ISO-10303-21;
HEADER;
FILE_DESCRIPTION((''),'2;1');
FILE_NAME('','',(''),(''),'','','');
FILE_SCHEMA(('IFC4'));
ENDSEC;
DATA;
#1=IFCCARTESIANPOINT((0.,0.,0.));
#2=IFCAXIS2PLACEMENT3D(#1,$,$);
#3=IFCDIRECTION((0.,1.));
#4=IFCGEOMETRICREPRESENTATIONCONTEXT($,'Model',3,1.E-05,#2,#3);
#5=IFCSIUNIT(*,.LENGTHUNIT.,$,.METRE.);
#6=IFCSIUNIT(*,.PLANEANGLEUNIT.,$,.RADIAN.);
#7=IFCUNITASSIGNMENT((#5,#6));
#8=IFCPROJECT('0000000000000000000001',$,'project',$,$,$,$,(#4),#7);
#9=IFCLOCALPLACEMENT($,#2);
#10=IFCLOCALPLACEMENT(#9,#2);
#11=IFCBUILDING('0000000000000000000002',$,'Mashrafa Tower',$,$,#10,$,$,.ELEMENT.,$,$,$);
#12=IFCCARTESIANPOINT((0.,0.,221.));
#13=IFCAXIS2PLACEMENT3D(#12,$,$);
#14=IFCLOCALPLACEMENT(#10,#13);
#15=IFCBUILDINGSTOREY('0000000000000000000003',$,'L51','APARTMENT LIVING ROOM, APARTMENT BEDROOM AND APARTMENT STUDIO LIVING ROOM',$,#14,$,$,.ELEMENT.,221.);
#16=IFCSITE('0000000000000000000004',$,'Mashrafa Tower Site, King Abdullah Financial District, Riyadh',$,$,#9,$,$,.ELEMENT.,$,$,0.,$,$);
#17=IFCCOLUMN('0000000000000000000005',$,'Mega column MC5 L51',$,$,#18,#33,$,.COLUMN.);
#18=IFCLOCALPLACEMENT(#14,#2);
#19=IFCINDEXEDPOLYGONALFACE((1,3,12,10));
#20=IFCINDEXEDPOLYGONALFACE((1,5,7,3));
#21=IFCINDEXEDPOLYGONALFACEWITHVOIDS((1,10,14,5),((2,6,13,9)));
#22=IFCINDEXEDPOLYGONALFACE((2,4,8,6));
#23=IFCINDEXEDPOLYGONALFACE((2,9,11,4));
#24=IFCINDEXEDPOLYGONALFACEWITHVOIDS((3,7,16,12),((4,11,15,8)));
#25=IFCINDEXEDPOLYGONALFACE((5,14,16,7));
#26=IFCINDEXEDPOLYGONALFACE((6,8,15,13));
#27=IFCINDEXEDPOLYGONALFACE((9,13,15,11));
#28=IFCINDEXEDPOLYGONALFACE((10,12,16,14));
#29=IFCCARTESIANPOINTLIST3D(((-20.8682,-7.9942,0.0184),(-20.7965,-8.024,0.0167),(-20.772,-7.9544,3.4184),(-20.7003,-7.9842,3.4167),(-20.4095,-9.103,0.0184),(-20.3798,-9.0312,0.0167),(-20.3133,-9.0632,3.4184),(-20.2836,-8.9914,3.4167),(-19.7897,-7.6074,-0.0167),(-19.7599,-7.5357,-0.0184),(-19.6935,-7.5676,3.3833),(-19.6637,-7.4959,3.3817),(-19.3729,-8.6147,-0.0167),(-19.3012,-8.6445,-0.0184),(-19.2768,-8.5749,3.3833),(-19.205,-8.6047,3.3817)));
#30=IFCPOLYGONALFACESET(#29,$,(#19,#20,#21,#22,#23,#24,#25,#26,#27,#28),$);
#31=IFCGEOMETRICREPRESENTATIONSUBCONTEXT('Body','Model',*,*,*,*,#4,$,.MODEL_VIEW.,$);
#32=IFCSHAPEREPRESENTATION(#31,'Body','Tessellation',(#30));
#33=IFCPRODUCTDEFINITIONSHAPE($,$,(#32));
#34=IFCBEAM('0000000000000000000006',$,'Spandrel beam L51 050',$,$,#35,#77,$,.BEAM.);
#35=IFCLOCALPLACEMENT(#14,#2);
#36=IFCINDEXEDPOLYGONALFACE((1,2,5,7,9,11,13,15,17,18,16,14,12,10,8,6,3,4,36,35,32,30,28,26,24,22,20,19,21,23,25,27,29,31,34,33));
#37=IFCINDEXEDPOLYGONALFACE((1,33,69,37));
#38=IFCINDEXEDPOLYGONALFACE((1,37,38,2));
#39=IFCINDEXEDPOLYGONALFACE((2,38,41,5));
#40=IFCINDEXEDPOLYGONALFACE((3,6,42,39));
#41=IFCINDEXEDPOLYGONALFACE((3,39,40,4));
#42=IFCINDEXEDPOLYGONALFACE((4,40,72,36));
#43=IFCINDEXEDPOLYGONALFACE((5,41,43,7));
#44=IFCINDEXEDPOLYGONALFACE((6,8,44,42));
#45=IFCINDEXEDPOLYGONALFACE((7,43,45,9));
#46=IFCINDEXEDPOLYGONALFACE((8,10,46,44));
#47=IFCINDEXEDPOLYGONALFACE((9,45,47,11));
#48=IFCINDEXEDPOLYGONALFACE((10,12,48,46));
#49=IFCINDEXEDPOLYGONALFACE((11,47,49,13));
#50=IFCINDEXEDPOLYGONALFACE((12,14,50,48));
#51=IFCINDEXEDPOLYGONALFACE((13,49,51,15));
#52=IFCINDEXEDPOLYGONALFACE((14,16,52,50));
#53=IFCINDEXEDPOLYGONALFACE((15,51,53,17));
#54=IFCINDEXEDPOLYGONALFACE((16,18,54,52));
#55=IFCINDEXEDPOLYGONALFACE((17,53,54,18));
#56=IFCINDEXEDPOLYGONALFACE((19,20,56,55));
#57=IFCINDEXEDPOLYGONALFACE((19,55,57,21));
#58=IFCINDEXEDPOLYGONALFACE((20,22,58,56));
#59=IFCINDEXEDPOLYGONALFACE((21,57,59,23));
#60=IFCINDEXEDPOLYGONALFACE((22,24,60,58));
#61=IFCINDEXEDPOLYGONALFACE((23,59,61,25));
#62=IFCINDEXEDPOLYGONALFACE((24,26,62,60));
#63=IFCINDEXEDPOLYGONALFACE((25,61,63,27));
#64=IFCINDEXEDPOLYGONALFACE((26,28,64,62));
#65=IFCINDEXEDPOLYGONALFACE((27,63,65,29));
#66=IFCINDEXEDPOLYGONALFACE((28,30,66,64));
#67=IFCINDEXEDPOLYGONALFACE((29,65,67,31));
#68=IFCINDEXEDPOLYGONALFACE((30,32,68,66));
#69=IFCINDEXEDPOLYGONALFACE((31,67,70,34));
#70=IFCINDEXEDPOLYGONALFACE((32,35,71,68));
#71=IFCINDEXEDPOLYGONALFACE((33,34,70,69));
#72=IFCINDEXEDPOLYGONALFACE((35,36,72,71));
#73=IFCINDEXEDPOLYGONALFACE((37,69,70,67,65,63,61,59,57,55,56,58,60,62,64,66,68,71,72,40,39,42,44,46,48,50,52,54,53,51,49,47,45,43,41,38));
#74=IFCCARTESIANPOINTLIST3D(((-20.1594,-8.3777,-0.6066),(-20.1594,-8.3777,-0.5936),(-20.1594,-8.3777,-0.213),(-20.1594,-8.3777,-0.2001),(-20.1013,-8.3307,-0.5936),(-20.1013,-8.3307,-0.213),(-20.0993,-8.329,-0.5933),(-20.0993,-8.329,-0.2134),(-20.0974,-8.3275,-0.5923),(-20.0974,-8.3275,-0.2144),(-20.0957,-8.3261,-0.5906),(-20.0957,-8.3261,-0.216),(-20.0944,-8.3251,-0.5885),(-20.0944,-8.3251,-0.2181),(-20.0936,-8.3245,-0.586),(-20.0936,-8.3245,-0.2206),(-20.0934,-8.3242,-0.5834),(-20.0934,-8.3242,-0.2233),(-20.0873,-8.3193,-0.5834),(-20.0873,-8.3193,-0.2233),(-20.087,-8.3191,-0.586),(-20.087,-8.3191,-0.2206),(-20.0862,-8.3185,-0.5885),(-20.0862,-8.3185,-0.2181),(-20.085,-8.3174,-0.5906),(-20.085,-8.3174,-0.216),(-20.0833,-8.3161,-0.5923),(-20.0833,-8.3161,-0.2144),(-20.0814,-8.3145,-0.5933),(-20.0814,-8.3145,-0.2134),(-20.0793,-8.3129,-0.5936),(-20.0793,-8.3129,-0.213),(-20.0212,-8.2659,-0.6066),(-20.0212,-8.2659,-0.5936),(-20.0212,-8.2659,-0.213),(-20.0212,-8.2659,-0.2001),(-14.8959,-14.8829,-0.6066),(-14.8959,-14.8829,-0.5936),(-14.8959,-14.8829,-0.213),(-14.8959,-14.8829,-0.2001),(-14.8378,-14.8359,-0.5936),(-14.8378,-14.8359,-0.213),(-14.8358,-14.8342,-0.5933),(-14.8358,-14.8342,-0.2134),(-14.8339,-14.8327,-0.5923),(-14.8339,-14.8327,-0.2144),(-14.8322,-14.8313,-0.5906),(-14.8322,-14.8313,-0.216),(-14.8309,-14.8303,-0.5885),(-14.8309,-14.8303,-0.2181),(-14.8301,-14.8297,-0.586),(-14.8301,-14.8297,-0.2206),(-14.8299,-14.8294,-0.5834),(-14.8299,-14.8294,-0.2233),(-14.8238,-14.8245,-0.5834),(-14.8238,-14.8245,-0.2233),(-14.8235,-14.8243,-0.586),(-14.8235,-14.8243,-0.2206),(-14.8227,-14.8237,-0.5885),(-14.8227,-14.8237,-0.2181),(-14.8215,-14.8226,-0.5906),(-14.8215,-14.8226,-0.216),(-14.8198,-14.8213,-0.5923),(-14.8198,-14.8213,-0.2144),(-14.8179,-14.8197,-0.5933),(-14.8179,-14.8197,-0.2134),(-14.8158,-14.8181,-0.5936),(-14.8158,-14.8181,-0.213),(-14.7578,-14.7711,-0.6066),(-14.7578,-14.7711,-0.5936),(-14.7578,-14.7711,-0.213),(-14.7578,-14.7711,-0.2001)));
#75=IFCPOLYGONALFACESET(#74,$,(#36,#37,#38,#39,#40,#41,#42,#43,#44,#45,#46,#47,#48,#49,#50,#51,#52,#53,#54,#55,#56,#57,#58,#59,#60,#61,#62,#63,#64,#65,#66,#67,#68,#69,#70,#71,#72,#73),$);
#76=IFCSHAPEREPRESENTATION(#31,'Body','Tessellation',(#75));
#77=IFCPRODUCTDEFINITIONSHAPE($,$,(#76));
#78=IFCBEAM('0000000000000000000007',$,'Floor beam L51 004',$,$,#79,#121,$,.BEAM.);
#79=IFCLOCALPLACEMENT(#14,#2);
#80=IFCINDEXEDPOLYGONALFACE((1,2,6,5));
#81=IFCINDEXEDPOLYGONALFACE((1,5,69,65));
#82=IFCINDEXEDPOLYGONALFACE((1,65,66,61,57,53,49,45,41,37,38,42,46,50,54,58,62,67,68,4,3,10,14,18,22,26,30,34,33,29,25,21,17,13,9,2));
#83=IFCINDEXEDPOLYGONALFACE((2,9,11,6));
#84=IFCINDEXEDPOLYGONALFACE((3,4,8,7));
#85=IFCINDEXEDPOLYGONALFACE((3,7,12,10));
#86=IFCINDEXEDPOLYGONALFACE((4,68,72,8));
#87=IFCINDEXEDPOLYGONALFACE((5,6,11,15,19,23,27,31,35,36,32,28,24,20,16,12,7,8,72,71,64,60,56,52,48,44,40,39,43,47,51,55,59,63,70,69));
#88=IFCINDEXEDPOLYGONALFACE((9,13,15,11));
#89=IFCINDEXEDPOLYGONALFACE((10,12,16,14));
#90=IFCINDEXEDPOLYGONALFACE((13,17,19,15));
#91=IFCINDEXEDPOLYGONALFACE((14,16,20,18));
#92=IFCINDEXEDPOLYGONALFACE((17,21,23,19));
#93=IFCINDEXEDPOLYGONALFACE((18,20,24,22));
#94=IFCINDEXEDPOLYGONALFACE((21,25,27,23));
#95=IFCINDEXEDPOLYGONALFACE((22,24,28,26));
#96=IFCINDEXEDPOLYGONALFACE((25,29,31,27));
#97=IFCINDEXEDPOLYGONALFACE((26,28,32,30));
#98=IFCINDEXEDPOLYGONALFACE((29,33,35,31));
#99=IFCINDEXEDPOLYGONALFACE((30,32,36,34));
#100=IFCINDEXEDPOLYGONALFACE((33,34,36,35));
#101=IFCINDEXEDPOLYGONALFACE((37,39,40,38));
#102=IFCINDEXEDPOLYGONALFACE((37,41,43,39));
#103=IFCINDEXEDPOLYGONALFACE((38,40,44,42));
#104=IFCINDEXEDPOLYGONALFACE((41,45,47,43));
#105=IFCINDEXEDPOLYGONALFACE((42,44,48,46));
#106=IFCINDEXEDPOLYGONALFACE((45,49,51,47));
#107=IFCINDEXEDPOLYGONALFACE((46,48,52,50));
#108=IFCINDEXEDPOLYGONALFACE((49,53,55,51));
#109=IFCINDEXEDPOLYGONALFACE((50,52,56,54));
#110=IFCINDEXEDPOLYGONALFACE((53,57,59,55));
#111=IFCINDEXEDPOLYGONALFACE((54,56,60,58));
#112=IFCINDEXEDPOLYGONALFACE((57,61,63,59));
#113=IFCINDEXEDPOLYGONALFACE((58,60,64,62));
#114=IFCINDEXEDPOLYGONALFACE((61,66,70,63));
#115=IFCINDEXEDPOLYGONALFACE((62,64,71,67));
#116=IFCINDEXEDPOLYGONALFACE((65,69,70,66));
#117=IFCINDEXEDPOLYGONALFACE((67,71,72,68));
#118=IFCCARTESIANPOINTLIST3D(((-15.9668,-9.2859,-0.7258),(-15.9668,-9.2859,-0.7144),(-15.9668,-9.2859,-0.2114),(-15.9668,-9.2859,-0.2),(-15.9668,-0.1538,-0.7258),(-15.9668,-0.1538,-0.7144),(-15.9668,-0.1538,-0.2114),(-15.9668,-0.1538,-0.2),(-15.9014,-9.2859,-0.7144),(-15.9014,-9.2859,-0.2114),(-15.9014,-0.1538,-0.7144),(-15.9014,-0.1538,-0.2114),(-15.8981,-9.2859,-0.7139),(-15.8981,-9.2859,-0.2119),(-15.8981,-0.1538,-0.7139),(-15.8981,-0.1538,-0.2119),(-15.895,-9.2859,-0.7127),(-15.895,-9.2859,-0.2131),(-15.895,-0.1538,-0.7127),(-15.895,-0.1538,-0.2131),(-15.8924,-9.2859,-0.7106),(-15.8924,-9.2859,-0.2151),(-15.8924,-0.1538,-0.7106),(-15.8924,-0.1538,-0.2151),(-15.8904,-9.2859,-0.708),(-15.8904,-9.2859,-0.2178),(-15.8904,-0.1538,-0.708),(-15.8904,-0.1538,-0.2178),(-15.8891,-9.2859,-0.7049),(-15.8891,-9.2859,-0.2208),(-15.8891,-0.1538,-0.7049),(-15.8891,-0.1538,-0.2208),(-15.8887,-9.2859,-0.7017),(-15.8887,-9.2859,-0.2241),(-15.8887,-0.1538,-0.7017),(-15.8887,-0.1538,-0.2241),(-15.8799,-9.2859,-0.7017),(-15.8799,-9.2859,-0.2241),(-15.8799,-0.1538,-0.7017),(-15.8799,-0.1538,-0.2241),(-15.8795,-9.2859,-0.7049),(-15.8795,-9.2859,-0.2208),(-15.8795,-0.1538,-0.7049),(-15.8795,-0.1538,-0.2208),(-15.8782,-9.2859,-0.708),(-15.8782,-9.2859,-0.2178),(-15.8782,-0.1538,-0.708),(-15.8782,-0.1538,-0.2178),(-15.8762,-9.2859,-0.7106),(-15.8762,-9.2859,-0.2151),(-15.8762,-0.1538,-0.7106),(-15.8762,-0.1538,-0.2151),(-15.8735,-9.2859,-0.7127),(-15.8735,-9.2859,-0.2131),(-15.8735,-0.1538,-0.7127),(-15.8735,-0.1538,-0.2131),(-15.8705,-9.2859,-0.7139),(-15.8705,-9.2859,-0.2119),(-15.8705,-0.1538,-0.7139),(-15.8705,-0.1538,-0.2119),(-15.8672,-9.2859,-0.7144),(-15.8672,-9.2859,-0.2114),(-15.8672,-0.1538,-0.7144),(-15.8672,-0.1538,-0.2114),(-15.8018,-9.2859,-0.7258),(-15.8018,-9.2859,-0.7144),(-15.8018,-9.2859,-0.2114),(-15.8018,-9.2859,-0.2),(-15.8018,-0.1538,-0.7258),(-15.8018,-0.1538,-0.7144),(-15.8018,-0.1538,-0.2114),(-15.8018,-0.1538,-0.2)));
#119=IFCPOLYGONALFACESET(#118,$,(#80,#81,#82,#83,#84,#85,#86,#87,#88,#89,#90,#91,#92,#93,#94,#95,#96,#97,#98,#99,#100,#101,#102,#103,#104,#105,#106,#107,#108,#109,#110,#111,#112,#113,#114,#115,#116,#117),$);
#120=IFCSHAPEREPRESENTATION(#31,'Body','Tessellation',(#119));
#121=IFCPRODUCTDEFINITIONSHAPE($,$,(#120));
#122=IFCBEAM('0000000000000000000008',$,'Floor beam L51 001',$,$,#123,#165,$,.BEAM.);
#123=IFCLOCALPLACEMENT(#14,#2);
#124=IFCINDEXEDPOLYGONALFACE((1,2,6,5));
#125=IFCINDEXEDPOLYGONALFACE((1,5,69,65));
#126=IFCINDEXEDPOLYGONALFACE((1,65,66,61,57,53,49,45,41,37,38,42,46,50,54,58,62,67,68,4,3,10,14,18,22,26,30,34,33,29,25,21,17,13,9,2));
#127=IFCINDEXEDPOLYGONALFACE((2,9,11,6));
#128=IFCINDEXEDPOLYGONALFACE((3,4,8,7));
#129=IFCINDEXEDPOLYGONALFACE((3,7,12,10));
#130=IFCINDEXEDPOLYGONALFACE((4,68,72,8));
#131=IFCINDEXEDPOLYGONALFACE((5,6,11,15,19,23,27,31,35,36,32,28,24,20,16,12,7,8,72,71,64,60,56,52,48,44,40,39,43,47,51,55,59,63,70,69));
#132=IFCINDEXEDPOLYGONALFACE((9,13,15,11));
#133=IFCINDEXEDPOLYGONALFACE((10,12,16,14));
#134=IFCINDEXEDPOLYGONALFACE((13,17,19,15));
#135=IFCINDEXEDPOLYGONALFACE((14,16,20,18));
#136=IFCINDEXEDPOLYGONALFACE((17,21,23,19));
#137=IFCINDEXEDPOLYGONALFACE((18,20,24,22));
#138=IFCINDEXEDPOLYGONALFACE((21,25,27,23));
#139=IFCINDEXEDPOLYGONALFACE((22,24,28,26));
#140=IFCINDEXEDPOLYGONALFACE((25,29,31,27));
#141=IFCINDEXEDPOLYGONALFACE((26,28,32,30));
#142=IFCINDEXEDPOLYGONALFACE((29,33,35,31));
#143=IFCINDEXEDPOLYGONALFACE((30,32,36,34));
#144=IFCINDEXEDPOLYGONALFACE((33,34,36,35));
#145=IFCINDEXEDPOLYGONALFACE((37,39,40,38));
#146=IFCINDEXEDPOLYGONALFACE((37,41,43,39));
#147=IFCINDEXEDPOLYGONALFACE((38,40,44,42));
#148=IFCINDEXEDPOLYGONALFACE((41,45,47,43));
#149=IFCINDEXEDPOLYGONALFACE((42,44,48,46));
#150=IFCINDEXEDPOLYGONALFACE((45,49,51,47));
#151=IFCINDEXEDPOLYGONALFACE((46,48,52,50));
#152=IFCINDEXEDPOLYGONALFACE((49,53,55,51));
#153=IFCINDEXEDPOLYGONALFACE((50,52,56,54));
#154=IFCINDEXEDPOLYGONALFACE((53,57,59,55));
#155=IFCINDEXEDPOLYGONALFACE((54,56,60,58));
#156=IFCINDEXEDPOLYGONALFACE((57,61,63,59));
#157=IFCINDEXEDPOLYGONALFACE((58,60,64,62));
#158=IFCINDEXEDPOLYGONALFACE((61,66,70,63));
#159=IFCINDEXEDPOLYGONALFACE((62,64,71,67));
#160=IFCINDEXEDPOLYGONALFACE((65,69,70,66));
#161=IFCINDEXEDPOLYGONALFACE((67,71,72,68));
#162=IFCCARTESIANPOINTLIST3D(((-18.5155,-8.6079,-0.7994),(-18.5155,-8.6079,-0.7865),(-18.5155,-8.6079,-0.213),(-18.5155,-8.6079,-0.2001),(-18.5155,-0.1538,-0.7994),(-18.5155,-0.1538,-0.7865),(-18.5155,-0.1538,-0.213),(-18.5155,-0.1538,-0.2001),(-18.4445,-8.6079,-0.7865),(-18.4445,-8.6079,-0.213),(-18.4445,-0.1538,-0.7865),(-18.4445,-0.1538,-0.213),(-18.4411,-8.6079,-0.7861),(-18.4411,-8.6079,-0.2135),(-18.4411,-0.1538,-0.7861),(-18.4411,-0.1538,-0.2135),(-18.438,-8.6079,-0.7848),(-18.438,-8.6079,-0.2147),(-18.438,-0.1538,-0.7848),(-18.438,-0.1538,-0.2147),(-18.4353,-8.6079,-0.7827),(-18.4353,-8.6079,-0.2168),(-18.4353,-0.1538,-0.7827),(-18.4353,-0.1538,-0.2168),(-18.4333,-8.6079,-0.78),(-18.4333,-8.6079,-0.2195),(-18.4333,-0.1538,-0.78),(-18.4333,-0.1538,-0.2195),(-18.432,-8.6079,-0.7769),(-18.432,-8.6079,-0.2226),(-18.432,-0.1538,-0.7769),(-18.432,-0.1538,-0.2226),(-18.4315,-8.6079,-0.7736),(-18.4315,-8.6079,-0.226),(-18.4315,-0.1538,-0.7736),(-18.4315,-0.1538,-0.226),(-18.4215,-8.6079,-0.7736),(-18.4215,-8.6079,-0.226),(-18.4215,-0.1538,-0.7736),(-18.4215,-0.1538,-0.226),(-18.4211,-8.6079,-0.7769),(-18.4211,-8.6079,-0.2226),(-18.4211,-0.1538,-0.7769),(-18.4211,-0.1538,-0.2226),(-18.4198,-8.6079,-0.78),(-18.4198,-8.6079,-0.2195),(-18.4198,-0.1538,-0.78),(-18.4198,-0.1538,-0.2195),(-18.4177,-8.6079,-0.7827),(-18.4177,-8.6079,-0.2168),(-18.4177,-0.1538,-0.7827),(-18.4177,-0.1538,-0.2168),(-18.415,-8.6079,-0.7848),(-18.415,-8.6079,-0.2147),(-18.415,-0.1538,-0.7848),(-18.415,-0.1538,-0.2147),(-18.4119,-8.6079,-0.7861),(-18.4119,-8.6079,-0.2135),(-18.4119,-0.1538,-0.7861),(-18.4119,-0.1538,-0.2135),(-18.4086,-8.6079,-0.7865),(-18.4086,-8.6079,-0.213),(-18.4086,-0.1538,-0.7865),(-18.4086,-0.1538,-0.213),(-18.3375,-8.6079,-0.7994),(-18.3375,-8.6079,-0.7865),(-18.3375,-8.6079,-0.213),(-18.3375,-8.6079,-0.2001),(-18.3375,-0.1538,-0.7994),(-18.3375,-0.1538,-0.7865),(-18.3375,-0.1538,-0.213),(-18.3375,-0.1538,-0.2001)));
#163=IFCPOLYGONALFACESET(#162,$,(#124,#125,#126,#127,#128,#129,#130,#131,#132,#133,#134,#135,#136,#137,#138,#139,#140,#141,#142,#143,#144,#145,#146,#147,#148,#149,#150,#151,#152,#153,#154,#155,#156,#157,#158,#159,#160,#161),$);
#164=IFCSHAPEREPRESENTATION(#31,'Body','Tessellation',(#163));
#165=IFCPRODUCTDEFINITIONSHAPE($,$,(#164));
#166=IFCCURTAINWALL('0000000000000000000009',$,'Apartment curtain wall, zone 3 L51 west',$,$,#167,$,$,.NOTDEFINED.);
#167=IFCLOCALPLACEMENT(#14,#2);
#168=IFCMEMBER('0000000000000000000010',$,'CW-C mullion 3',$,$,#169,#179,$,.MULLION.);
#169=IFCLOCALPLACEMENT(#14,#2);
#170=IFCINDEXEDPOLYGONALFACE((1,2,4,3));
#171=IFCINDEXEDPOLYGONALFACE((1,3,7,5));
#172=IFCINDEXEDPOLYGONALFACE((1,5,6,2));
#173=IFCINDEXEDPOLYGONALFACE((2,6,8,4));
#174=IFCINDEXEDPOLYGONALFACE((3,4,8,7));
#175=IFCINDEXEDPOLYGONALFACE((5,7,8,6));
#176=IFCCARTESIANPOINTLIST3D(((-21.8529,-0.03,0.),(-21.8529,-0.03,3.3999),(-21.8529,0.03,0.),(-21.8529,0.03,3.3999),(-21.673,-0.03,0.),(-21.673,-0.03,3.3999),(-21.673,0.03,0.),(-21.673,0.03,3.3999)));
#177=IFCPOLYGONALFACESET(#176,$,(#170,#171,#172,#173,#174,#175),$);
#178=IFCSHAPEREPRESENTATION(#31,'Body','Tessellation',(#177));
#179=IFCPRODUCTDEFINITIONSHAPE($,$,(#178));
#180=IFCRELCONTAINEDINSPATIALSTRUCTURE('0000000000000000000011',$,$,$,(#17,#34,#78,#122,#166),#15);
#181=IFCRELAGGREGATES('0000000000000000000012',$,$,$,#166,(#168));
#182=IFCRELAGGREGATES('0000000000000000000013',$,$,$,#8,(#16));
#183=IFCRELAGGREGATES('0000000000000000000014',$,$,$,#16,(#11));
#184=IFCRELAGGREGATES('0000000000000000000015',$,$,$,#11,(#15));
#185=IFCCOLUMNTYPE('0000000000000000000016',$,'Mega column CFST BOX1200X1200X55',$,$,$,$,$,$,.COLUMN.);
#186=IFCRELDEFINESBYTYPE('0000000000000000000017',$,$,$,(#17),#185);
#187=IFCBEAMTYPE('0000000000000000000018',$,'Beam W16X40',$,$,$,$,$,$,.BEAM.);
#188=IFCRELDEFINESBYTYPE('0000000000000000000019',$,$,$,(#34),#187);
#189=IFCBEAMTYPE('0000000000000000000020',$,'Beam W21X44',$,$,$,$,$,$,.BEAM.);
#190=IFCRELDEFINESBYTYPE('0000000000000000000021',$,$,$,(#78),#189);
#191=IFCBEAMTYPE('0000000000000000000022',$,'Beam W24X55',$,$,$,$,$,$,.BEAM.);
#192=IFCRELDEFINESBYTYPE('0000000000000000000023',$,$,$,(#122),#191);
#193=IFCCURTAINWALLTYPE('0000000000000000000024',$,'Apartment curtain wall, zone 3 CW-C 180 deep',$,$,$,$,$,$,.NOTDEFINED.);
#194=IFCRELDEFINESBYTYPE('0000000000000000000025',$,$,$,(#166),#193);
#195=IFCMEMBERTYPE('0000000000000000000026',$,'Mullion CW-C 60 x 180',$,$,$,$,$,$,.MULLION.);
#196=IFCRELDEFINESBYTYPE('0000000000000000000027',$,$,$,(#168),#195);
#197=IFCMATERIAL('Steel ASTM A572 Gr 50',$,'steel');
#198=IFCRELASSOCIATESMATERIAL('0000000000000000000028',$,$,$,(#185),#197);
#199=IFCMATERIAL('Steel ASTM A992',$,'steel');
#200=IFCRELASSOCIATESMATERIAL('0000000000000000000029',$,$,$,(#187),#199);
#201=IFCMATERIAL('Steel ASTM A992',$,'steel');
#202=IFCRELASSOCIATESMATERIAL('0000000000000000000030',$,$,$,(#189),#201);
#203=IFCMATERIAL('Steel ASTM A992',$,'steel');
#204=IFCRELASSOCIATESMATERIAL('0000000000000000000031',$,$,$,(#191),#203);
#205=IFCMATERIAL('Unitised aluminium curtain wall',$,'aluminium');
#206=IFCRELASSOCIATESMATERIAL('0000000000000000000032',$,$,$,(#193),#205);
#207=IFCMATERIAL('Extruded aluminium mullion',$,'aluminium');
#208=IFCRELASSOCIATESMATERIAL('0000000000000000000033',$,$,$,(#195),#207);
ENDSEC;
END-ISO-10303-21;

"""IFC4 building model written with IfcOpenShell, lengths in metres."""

from ifc_helpers import new_model, si_unit, direction, frame, origin, origin_2d, place, context, subcontext, project, spatial, rectangle, hollow_rectangle, i_section, extrude, source, transform, mapped, material, material_profile, profile_set, type_object, type_shapes, element, aggregate, save


model = new_model("IFC4")

# Units and contexts
model_context = context("Model", 3, precision=1e-05, world=origin(), true_north=direction((0.0, 1.0)))
body_context = subcontext(model_context, "Body", "Model", "MODEL_VIEW")
ifc_project = project(units=[si_unit("LENGTHUNIT", "METRE"), si_unit("PLANEANGLEUNIT", "RADIAN")], contexts=[model_context])

# Site, building, storey
site_placement = place(None, origin())
site = spatial("IfcSite", under=ifc_project, at=site_placement, Name="Mashrafa Tower Site, King Abdullah Financial District, Riyadh", CompositionType="ELEMENT", RefElevation=0.0)
building_placement = place(site_placement, origin())
building = spatial("IfcBuilding", under=site, at=building_placement, Name="Mashrafa Tower", CompositionType="ELEMENT")
storey_placement = place(building_placement, frame((0.0, 0.0, 221.0)))
storey = spatial("IfcBuildingStorey", under=building, at=storey_placement, Name="L51", Description="APARTMENT LIVING ROOM, APARTMENT BEDROOM AND APARTMENT STUDIO LIVING ROOM", CompositionType="ELEMENT", Elevation=221.0)

# Column
ifc_material_1 = material(Name="Steel ASTM A572 Gr 50", Category="steel")
ifc_material_profile_1 = material_profile(ifc_material_1, hollow_rectangle(XDim=1.2, YDim=1.2, WallThickness=0.0549, at=origin_2d()), Name="BOX1200X1200X55")
ifc_profile_set_1 = profile_set([ifc_material_profile_1], Name="Steel ASTM A572 Gr 50")
column_type = type_object("IfcColumnType", Name="Mega column CFST BOX1200X1200X55", PredefinedType="COLUMN", material=ifc_profile_set_1)
column_placement = place(storey_placement, frame((-20.0847, -8.3193, 0.0), z_axis=(0.028279, 0.011699, 0.999532), x_axis=(-0.382283, 0.924045, 0.0)))
element("IfcColumn", 1, at=column_placement, inside=storey, type_object=column_type, Name="Mega column MC5 L51", PredefinedType="COLUMN", context=body_context, shape_type="SweptSolid", body=[
    extrude(hollow_rectangle(XDim=1.2, YDim=1.2, WallThickness=0.0549, at=origin_2d()), origin(), (0.0, 0.0, 1.0), 3.4016),
])

# Beams
ifc_material_2 = material(Name="Steel ASTM A992", Category="steel")
ifc_material_profile_2 = material_profile(ifc_material_2, i_section(OverallWidth=0.1777, OverallDepth=0.4065, WebThickness=0.0078, FlangeThickness=0.0129, FilletRadius=0.0103, at=origin_2d()), Name="W16X40")
ifc_profile_set_2 = profile_set([ifc_material_profile_2], Name="Steel ASTM A992")
beam_type_1 = type_object("IfcBeamType", Name="Beam W16X40", PredefinedType="BEAM", material=ifc_profile_set_2)
beam_1_placement = place(storey_placement, frame((-20.0903, -8.3218, -0.4033), z_axis=(0.629009, -0.777398, 0.0), x_axis=(0.777398, 0.629009, 0.0)))
element("IfcBeam", 2, at=beam_1_placement, inside=storey, type_object=beam_type_1, Name="Spandrel beam L51 050", PredefinedType="BEAM", context=body_context, shape_type="SweptSolid", body=[
    extrude(i_section(OverallWidth=0.1777, OverallDepth=0.4065, WebThickness=0.0078, FlangeThickness=0.0129, FilletRadius=0.0103, at=origin_2d()), origin(), (0.0, 0.0, 1.0), 8.3679),
])
ifc_material_3 = material(Name="Steel ASTM A992", Category="steel")
ifc_material_profile_3 = material_profile(ifc_material_3, i_section(OverallWidth=0.165, OverallDepth=0.5259, WebThickness=0.0088, FlangeThickness=0.0115, FilletRadius=0.0127, at=origin_2d()), Name="W21X44")
ifc_profile_set_3 = profile_set([ifc_material_profile_3], Name="Steel ASTM A992")
beam_type_2 = type_object("IfcBeamType", Name="Beam W21X44", PredefinedType="BEAM", material=ifc_profile_set_3)
beam_2_placement = place(storey_placement, frame((-15.8843, -9.2859, -0.4629), z_axis=(0.0, 1.0, 0.0), x_axis=(-1.0, 0.0, 0.0)))
element("IfcBeam", 3, at=beam_2_placement, inside=storey, type_object=beam_type_2, Name="Floor beam L51 004", PredefinedType="BEAM", context=body_context, shape_type="SweptSolid", body=[
    extrude(i_section(OverallWidth=0.165, OverallDepth=0.5259, WebThickness=0.0088, FlangeThickness=0.0115, FilletRadius=0.0127, at=origin_2d()), origin(), (0.0, 0.0, 1.0), 9.1321),
])
ifc_material_4 = material(Name="Steel ASTM A992", Category="steel")
ifc_material_profile_4 = material_profile(ifc_material_4, i_section(OverallWidth=0.178, OverallDepth=0.5994, WebThickness=0.01, FlangeThickness=0.0129, FilletRadius=0.0129, at=origin_2d()), Name="W24X55")
ifc_profile_set_4 = profile_set([ifc_material_profile_4], Name="Steel ASTM A992")
beam_type_3 = type_object("IfcBeamType", Name="Beam W24X55", PredefinedType="BEAM", material=ifc_profile_set_4)
beam_3_placement = place(storey_placement, frame((-18.4265, -8.6079, -0.4998), z_axis=(0.0, 1.0, 0.0), x_axis=(-1.0, 0.0, 0.0)))
element("IfcBeam", 4, at=beam_3_placement, inside=storey, type_object=beam_type_3, Name="Floor beam L51 001", PredefinedType="BEAM", context=body_context, shape_type="SweptSolid", body=[
    extrude(i_section(OverallWidth=0.178, OverallDepth=0.5994, WebThickness=0.01, FlangeThickness=0.0129, FilletRadius=0.0129, at=origin_2d()), origin(), (0.0, 0.0, 1.0), 8.4541),
])

# Curtain wall, member
ifc_material_5 = material(Name="Unitised aluminium curtain wall", Category="aluminium")
curtain_wall_type = type_object("IfcCurtainWallType", Name="Apartment curtain wall, zone 3 CW-C 180 deep", PredefinedType="NOTDEFINED", material=ifc_material_5)
curtain_wall_1_placement = place(storey_placement, origin())
curtain_wall_1 = element("IfcCurtainWall", 5, at=curtain_wall_1_placement, inside=storey, type_object=curtain_wall_type, Name="Apartment curtain wall, zone 3 L51 west", PredefinedType="NOTDEFINED")
ifc_material_6 = material(Name="Extruded aluminium mullion", Category="aluminium")
ifc_material_profile_5 = material_profile(ifc_material_6, rectangle(XDim=0.1799, YDim=0.0601, at=origin_2d()), Name="Mullion 60x180")
ifc_profile_set_5 = profile_set([ifc_material_profile_5], Name="Extruded aluminium mullion")
member_type_1 = type_object("IfcMemberType", Name="Mullion CW-C 60 x 180", PredefinedType="MULLION", material=ifc_profile_set_5)
shared_shape_1 = source(origin(), body_context, "Body", "SweptSolid", [
    extrude(rectangle(XDim=0.1799, YDim=0.0601, at=origin_2d()), origin(), (0.0, 0.0, 1.0), 3.3999),
])
type_shapes(member_type_1, [shared_shape_1])
member_1_placement = place(storey_placement, frame((-21.7629, 0.0, 0.0), z_axis=(0.0, 0.0, 1.0), x_axis=(1.0, 0.0, 0.0)))
member_1 = element("IfcMember", 6, at=member_1_placement, type_object=member_type_1, Name="CW-C mullion 3", PredefinedType="MULLION", context=body_context, shape_type="MappedRepresentation", body=[
    mapped(shared_shape_1, transform((0.0, 0.0, 0.0))),
])

aggregate(curtain_wall_1, [member_1])

save(model, "model.ifc")
